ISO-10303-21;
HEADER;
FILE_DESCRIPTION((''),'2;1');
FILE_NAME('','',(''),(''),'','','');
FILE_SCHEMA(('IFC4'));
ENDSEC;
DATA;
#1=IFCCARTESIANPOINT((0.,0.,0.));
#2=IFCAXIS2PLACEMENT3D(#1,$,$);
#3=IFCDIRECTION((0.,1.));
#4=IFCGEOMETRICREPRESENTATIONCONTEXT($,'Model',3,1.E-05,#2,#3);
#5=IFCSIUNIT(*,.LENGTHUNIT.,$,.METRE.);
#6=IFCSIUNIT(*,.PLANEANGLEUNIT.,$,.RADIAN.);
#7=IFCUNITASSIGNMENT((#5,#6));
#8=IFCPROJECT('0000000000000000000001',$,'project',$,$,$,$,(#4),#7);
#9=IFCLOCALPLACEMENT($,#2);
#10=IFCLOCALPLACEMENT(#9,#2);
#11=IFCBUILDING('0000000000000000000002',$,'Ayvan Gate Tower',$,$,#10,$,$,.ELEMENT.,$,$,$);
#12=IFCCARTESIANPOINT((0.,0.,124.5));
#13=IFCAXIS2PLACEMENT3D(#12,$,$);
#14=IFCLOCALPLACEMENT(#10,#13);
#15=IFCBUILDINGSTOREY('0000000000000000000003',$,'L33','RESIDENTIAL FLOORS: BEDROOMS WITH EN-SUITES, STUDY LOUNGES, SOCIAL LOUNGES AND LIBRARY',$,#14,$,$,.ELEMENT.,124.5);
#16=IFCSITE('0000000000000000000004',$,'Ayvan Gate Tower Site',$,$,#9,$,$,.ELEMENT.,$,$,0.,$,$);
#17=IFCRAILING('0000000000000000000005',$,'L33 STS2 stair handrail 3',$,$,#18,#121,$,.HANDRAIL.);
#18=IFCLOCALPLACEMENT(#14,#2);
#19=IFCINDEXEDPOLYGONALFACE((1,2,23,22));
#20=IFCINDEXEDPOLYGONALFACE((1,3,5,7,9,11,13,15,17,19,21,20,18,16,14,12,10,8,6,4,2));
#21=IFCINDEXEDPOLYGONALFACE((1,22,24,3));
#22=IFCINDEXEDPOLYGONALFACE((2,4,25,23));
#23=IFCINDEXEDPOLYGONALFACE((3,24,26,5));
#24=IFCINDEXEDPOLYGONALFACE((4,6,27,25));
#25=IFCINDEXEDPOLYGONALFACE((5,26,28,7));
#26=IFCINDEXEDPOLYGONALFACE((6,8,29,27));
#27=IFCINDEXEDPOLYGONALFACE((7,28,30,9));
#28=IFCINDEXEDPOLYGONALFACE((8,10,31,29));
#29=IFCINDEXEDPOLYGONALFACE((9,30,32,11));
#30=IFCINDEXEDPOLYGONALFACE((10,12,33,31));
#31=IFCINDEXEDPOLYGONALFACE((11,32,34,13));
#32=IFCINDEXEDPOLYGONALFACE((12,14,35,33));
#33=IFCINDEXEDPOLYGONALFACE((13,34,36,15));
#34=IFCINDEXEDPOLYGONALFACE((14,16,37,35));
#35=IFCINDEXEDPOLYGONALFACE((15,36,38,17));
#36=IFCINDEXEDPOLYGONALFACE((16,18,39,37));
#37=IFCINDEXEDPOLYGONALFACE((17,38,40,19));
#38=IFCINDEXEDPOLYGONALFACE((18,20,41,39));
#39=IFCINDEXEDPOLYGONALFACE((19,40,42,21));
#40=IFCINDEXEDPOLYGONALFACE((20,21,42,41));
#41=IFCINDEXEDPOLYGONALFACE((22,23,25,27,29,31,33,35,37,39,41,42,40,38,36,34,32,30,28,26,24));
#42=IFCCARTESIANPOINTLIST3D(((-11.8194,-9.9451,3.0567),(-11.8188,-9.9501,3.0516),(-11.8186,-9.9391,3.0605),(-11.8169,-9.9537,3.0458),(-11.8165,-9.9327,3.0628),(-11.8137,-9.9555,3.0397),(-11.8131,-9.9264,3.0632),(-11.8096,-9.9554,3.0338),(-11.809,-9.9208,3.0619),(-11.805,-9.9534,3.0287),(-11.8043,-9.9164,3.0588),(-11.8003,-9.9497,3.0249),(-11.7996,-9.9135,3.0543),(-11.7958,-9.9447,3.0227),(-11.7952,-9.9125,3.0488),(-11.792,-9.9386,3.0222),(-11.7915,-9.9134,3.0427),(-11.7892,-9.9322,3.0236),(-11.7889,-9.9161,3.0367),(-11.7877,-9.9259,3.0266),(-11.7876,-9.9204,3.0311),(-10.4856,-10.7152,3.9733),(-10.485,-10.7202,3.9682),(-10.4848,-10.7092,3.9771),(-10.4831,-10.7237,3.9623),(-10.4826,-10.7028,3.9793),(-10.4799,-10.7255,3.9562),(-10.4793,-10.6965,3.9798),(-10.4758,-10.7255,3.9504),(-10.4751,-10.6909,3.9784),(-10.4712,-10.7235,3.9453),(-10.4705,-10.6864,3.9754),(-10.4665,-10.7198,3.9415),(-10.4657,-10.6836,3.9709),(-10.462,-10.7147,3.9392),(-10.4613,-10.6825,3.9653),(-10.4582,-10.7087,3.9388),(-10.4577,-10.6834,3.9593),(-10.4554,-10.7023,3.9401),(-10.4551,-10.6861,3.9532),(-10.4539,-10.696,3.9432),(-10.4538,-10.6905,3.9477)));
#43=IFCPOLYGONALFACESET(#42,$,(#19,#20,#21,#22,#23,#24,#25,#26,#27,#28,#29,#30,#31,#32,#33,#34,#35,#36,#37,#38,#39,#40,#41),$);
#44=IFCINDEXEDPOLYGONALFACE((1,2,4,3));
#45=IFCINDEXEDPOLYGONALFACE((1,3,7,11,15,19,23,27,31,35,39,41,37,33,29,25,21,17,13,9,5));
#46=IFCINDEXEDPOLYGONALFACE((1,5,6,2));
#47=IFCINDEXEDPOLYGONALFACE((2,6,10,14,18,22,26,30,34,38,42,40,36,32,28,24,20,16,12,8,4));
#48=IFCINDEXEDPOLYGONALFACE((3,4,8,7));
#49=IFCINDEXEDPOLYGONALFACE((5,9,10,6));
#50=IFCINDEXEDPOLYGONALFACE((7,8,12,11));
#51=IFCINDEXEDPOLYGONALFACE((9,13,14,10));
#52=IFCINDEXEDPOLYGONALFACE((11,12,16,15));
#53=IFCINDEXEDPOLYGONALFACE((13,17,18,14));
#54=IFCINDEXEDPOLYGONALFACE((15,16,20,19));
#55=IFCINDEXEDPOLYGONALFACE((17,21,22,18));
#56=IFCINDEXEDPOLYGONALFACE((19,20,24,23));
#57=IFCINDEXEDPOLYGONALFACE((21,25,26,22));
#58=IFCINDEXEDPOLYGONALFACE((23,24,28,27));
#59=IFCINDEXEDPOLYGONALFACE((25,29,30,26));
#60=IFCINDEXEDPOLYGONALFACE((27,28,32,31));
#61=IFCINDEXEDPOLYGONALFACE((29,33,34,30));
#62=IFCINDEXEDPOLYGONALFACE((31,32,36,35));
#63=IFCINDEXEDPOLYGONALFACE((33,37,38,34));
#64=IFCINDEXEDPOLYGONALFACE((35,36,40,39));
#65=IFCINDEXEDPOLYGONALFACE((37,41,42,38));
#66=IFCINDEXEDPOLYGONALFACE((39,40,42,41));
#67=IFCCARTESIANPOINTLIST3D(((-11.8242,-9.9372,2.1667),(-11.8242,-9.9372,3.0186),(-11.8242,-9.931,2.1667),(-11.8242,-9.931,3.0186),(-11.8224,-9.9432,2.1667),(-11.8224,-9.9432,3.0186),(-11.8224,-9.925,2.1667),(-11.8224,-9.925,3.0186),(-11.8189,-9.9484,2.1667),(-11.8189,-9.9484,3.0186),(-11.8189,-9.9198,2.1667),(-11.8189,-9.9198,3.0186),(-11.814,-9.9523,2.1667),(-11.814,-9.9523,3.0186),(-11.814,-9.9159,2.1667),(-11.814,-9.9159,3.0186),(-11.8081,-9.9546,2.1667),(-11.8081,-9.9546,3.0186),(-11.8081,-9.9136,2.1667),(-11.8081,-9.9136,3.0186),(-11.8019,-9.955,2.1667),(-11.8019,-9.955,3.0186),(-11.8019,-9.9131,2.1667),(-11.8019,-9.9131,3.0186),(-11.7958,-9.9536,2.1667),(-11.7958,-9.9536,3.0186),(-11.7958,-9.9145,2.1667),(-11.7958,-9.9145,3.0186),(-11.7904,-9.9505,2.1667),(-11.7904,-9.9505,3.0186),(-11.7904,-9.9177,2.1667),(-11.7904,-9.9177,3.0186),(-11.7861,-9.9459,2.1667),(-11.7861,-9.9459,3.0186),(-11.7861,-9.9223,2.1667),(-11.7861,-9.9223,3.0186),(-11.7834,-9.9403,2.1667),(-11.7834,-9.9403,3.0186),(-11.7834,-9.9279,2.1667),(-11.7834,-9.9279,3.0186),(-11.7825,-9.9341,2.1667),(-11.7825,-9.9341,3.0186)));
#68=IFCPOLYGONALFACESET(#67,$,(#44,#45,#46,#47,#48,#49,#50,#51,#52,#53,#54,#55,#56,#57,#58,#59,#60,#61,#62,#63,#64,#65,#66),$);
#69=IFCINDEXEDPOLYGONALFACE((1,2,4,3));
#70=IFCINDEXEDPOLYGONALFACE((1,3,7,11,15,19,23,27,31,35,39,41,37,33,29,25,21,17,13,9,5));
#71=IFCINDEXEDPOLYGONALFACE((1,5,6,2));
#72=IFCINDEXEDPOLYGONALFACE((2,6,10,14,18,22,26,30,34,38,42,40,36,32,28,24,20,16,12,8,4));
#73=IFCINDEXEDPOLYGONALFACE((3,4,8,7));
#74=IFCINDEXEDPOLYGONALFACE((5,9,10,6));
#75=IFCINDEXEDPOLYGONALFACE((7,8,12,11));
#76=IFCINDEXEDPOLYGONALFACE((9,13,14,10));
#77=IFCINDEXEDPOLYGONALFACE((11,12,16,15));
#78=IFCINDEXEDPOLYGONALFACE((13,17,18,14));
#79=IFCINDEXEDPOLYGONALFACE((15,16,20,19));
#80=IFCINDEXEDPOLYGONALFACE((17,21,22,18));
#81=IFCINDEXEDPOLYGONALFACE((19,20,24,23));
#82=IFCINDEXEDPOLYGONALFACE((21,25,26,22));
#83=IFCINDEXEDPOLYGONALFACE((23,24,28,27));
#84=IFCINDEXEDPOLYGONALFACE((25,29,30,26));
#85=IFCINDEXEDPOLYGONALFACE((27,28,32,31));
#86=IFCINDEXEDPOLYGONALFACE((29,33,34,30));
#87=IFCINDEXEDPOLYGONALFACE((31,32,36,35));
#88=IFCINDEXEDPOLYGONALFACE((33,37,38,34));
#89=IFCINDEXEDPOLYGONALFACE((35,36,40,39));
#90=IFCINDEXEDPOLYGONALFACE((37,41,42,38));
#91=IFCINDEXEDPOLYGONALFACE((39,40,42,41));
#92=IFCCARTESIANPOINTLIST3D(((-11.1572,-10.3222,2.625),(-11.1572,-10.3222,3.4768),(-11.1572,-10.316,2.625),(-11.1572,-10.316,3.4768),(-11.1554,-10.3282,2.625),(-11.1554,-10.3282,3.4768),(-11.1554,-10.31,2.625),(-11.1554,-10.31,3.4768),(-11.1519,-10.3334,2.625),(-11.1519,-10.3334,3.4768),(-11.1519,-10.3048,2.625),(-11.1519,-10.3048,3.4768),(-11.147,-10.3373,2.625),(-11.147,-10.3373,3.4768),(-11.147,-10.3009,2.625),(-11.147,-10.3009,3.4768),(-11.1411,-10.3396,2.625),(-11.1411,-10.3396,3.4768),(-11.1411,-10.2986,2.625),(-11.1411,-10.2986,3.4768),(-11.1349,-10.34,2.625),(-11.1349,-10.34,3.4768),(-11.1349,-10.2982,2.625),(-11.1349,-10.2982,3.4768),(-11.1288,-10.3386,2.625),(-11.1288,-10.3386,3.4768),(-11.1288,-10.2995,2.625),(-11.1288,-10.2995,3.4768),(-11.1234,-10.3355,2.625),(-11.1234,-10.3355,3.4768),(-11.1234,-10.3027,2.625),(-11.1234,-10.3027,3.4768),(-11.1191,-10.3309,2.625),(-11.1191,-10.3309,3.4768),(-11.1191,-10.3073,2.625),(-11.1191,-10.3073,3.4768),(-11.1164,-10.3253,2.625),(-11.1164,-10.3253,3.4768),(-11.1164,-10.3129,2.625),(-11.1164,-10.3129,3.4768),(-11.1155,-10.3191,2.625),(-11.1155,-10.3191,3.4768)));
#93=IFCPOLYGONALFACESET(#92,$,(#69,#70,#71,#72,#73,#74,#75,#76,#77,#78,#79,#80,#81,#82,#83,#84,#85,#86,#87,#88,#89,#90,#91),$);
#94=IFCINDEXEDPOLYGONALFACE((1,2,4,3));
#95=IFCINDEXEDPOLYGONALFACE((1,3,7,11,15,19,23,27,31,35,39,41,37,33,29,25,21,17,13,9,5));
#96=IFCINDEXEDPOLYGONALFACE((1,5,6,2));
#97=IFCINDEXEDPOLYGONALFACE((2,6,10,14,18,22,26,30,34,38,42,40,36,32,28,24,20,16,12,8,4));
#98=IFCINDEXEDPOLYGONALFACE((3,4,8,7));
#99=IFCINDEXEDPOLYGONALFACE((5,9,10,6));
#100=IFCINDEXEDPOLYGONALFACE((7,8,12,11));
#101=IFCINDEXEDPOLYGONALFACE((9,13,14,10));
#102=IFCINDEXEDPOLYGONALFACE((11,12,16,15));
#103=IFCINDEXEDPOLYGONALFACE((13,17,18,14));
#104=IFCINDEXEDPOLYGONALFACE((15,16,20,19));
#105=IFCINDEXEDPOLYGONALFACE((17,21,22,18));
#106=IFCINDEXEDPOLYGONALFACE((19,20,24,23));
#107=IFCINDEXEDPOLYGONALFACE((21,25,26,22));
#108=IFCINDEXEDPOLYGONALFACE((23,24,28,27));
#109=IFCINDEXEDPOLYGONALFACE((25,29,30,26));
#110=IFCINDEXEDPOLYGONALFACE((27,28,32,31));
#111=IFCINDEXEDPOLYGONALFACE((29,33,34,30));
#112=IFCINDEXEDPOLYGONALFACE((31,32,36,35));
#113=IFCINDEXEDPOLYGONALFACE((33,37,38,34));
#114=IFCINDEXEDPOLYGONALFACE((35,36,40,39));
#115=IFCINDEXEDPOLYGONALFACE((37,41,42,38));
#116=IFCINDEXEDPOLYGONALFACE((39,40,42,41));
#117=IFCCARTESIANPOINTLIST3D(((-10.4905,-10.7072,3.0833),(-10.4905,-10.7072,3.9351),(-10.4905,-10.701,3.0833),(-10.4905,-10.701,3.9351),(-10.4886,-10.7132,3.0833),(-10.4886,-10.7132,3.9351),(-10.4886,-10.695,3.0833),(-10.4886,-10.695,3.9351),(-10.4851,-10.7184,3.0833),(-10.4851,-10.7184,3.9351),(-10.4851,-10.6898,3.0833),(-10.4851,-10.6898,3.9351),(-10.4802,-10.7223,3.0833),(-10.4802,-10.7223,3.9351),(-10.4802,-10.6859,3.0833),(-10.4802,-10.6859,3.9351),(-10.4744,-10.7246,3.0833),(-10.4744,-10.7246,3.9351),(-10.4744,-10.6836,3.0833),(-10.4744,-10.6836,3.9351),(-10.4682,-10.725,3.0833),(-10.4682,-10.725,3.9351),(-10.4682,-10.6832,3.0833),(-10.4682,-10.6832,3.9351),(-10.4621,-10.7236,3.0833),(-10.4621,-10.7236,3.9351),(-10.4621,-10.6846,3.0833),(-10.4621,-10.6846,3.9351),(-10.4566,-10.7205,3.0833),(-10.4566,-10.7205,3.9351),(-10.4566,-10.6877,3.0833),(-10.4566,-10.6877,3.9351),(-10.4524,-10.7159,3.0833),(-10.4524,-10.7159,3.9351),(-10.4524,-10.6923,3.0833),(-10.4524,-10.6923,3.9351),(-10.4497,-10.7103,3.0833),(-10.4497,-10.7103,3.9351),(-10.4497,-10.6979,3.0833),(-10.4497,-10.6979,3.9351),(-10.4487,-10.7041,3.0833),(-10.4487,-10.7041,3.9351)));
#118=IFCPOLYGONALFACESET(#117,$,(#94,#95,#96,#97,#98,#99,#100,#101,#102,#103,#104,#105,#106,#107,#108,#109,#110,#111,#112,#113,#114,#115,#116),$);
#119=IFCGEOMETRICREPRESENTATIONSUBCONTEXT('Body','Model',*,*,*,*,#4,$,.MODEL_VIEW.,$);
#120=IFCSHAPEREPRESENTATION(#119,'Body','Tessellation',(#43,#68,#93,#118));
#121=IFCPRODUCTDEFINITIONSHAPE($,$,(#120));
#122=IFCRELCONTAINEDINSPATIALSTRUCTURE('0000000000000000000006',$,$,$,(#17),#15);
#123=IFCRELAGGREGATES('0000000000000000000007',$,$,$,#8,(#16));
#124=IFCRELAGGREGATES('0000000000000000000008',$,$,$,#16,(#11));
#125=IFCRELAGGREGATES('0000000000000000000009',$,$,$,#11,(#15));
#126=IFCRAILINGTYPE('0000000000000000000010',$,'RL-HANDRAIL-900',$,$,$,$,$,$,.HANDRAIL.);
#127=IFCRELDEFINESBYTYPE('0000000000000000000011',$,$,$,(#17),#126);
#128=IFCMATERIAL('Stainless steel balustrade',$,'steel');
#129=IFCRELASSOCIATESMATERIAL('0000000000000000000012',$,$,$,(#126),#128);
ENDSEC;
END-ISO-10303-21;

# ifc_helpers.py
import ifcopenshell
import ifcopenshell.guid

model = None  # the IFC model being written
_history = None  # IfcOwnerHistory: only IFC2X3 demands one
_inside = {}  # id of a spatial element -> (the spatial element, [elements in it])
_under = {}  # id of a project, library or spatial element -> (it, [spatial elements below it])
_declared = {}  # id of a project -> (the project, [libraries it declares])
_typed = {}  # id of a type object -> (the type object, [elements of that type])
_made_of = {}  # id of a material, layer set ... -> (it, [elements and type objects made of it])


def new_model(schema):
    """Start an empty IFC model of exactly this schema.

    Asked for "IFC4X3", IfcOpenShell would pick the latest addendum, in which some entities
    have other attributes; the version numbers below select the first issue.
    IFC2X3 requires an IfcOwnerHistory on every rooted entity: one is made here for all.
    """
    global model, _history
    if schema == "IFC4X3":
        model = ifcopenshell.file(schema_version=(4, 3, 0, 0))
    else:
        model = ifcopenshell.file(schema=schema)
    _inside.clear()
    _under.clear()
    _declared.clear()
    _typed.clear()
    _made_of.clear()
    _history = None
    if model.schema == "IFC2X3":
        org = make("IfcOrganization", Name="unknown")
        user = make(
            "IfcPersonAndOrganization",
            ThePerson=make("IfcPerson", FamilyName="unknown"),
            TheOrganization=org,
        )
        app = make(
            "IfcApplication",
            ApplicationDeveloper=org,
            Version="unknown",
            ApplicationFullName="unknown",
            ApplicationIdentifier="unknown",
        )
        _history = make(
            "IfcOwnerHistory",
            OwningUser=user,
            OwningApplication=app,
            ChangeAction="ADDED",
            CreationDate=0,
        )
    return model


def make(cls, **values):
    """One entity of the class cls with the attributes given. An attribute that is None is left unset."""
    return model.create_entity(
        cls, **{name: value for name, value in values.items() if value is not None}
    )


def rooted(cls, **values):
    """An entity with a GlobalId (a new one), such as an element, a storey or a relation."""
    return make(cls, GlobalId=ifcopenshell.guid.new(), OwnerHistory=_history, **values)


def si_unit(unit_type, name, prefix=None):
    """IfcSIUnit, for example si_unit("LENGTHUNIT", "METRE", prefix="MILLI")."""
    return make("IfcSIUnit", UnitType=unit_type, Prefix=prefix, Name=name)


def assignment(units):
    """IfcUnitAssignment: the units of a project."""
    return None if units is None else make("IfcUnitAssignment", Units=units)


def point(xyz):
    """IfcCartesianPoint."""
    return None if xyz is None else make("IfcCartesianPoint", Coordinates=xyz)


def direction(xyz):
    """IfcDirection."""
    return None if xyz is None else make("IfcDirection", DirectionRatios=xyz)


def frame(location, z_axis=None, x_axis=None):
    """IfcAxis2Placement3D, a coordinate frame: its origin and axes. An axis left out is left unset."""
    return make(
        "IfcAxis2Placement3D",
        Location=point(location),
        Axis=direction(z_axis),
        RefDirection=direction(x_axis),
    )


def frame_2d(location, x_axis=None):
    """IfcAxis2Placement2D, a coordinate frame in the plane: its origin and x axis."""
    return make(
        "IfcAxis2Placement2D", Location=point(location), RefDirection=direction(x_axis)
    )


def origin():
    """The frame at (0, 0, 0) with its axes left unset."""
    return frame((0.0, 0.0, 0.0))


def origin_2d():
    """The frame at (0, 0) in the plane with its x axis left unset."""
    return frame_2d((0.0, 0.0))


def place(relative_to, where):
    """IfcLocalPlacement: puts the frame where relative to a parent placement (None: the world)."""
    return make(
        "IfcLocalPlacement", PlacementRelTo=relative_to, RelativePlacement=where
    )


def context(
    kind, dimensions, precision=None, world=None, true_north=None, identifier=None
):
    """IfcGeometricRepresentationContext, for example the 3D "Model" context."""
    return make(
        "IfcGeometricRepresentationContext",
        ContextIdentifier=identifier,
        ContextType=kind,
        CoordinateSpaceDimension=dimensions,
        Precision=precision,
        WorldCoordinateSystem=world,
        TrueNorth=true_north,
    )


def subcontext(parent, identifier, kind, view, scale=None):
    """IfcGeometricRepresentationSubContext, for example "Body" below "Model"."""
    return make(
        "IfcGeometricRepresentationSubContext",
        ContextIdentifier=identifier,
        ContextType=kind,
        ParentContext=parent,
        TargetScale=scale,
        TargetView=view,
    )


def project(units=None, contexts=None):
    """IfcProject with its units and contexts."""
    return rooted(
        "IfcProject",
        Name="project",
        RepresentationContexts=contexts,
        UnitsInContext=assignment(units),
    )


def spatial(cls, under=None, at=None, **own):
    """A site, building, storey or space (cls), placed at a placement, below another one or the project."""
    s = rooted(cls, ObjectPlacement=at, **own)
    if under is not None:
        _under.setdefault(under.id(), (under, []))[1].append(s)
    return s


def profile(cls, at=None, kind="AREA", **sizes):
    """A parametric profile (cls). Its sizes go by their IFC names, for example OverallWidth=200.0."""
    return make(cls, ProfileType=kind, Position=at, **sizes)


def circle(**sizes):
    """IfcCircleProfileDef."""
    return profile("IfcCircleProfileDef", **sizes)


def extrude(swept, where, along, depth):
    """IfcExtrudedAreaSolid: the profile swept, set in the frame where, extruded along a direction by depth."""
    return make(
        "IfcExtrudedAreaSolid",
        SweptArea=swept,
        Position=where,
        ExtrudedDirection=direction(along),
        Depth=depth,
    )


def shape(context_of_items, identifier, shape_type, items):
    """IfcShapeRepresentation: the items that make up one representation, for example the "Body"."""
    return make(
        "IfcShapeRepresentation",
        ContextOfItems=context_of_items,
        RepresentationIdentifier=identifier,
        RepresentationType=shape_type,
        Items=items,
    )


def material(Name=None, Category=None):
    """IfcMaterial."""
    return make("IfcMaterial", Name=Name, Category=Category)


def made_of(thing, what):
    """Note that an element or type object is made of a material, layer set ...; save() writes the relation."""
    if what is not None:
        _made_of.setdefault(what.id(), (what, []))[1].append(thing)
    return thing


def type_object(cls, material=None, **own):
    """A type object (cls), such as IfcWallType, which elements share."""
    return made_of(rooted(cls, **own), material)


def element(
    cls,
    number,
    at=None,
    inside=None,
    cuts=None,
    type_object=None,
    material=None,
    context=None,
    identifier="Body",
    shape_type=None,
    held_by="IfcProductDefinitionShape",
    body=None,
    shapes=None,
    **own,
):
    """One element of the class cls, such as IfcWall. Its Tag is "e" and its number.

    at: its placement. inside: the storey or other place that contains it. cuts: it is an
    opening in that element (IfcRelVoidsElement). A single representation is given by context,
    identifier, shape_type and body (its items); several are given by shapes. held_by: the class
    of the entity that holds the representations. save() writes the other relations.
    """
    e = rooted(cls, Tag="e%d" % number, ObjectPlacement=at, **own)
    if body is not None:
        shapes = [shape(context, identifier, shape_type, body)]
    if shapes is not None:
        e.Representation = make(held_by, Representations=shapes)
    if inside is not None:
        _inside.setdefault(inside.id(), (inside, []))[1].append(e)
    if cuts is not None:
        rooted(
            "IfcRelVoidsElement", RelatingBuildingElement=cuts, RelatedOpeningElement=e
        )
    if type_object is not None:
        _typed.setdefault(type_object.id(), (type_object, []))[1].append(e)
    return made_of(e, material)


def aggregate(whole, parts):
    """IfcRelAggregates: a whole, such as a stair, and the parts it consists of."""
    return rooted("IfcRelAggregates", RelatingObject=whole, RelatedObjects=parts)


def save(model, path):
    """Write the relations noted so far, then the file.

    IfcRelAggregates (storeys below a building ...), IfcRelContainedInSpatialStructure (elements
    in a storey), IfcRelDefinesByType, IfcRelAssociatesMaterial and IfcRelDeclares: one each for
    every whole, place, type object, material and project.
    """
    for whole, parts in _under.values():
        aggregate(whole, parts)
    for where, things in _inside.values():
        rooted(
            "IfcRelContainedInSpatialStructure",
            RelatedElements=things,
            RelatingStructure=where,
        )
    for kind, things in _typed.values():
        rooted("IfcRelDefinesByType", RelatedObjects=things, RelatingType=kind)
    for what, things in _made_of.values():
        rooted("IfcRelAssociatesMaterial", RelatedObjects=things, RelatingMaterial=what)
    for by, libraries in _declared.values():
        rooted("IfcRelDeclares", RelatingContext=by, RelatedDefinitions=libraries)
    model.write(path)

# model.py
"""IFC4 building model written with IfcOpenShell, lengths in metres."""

from ifc_helpers import new_model, si_unit, direction, frame, origin, origin_2d, place, context, subcontext, project, spatial, circle, extrude, material, type_object, element, save


model = new_model("IFC4")

# Units and contexts
model_context = context("Model", 3, precision=1e-05, world=origin(), true_north=direction((0.0, 1.0)))
body_context = subcontext(model_context, "Body", "Model", "MODEL_VIEW")
ifc_project = project(units=[si_unit("LENGTHUNIT", "METRE"), si_unit("PLANEANGLEUNIT", "RADIAN")], contexts=[model_context])

# Site, building, storey
site_placement = place(None, origin())
site = spatial("IfcSite", under=ifc_project, at=site_placement, Name="Ayvan Gate Tower Site", CompositionType="ELEMENT", RefElevation=0.0)
building_placement = place(site_placement, origin())
building = spatial("IfcBuilding", under=site, at=building_placement, Name="Ayvan Gate Tower", CompositionType="ELEMENT")
storey_placement = place(building_placement, frame((0.0, 0.0, 124.5)))
storey = spatial("IfcBuildingStorey", under=building, at=storey_placement, Name="L33", Description="RESIDENTIAL FLOORS: BEDROOMS WITH EN-SUITES, STUDY LOUNGES, SOCIAL LOUNGES AND LIBRARY", CompositionType="ELEMENT", Elevation=124.5)

# Railing
ifc_material_1 = material(Name="Stainless steel balustrade", Category="steel")
railing_type_1 = type_object("IfcRailingType", Name="RL-HANDRAIL-900", PredefinedType="HANDRAIL", material=ifc_material_1)
railing_1_placement = place(storey_placement, frame((-11.8035, -9.9341, 2.1667)))
element("IfcRailing", 1, at=railing_1_placement, inside=storey, type_object=railing_type_1, Name="L33 STS2 stair handrail 3", PredefinedType="HANDRAIL", context=body_context, shape_type="SweptSolid", body=[
    extrude(circle(Radius=0.0239, at=origin_2d()), frame((0.0, 0.0, 0.876), z_axis=(0.744216, -0.429664, 0.511401), x_axis=(0.499992, 0.86603, 0.0)), (0.0, 0.0, 1.0), 1.7922),
    extrude(circle(Radius=0.021, at=origin_2d()), origin(), (0.0, 0.0, 1.0), 0.8518),
    extrude(circle(Radius=0.021, at=origin_2d()), frame((0.667, -0.385, 0.4583)), (0.0, 0.0, 1.0), 0.8518),
    extrude(circle(Radius=0.021, at=origin_2d()), frame((1.3337, -0.77, 0.9165)), (0.0, 0.0, 1.0), 0.8518),
])

save(model, "model.ifc")
